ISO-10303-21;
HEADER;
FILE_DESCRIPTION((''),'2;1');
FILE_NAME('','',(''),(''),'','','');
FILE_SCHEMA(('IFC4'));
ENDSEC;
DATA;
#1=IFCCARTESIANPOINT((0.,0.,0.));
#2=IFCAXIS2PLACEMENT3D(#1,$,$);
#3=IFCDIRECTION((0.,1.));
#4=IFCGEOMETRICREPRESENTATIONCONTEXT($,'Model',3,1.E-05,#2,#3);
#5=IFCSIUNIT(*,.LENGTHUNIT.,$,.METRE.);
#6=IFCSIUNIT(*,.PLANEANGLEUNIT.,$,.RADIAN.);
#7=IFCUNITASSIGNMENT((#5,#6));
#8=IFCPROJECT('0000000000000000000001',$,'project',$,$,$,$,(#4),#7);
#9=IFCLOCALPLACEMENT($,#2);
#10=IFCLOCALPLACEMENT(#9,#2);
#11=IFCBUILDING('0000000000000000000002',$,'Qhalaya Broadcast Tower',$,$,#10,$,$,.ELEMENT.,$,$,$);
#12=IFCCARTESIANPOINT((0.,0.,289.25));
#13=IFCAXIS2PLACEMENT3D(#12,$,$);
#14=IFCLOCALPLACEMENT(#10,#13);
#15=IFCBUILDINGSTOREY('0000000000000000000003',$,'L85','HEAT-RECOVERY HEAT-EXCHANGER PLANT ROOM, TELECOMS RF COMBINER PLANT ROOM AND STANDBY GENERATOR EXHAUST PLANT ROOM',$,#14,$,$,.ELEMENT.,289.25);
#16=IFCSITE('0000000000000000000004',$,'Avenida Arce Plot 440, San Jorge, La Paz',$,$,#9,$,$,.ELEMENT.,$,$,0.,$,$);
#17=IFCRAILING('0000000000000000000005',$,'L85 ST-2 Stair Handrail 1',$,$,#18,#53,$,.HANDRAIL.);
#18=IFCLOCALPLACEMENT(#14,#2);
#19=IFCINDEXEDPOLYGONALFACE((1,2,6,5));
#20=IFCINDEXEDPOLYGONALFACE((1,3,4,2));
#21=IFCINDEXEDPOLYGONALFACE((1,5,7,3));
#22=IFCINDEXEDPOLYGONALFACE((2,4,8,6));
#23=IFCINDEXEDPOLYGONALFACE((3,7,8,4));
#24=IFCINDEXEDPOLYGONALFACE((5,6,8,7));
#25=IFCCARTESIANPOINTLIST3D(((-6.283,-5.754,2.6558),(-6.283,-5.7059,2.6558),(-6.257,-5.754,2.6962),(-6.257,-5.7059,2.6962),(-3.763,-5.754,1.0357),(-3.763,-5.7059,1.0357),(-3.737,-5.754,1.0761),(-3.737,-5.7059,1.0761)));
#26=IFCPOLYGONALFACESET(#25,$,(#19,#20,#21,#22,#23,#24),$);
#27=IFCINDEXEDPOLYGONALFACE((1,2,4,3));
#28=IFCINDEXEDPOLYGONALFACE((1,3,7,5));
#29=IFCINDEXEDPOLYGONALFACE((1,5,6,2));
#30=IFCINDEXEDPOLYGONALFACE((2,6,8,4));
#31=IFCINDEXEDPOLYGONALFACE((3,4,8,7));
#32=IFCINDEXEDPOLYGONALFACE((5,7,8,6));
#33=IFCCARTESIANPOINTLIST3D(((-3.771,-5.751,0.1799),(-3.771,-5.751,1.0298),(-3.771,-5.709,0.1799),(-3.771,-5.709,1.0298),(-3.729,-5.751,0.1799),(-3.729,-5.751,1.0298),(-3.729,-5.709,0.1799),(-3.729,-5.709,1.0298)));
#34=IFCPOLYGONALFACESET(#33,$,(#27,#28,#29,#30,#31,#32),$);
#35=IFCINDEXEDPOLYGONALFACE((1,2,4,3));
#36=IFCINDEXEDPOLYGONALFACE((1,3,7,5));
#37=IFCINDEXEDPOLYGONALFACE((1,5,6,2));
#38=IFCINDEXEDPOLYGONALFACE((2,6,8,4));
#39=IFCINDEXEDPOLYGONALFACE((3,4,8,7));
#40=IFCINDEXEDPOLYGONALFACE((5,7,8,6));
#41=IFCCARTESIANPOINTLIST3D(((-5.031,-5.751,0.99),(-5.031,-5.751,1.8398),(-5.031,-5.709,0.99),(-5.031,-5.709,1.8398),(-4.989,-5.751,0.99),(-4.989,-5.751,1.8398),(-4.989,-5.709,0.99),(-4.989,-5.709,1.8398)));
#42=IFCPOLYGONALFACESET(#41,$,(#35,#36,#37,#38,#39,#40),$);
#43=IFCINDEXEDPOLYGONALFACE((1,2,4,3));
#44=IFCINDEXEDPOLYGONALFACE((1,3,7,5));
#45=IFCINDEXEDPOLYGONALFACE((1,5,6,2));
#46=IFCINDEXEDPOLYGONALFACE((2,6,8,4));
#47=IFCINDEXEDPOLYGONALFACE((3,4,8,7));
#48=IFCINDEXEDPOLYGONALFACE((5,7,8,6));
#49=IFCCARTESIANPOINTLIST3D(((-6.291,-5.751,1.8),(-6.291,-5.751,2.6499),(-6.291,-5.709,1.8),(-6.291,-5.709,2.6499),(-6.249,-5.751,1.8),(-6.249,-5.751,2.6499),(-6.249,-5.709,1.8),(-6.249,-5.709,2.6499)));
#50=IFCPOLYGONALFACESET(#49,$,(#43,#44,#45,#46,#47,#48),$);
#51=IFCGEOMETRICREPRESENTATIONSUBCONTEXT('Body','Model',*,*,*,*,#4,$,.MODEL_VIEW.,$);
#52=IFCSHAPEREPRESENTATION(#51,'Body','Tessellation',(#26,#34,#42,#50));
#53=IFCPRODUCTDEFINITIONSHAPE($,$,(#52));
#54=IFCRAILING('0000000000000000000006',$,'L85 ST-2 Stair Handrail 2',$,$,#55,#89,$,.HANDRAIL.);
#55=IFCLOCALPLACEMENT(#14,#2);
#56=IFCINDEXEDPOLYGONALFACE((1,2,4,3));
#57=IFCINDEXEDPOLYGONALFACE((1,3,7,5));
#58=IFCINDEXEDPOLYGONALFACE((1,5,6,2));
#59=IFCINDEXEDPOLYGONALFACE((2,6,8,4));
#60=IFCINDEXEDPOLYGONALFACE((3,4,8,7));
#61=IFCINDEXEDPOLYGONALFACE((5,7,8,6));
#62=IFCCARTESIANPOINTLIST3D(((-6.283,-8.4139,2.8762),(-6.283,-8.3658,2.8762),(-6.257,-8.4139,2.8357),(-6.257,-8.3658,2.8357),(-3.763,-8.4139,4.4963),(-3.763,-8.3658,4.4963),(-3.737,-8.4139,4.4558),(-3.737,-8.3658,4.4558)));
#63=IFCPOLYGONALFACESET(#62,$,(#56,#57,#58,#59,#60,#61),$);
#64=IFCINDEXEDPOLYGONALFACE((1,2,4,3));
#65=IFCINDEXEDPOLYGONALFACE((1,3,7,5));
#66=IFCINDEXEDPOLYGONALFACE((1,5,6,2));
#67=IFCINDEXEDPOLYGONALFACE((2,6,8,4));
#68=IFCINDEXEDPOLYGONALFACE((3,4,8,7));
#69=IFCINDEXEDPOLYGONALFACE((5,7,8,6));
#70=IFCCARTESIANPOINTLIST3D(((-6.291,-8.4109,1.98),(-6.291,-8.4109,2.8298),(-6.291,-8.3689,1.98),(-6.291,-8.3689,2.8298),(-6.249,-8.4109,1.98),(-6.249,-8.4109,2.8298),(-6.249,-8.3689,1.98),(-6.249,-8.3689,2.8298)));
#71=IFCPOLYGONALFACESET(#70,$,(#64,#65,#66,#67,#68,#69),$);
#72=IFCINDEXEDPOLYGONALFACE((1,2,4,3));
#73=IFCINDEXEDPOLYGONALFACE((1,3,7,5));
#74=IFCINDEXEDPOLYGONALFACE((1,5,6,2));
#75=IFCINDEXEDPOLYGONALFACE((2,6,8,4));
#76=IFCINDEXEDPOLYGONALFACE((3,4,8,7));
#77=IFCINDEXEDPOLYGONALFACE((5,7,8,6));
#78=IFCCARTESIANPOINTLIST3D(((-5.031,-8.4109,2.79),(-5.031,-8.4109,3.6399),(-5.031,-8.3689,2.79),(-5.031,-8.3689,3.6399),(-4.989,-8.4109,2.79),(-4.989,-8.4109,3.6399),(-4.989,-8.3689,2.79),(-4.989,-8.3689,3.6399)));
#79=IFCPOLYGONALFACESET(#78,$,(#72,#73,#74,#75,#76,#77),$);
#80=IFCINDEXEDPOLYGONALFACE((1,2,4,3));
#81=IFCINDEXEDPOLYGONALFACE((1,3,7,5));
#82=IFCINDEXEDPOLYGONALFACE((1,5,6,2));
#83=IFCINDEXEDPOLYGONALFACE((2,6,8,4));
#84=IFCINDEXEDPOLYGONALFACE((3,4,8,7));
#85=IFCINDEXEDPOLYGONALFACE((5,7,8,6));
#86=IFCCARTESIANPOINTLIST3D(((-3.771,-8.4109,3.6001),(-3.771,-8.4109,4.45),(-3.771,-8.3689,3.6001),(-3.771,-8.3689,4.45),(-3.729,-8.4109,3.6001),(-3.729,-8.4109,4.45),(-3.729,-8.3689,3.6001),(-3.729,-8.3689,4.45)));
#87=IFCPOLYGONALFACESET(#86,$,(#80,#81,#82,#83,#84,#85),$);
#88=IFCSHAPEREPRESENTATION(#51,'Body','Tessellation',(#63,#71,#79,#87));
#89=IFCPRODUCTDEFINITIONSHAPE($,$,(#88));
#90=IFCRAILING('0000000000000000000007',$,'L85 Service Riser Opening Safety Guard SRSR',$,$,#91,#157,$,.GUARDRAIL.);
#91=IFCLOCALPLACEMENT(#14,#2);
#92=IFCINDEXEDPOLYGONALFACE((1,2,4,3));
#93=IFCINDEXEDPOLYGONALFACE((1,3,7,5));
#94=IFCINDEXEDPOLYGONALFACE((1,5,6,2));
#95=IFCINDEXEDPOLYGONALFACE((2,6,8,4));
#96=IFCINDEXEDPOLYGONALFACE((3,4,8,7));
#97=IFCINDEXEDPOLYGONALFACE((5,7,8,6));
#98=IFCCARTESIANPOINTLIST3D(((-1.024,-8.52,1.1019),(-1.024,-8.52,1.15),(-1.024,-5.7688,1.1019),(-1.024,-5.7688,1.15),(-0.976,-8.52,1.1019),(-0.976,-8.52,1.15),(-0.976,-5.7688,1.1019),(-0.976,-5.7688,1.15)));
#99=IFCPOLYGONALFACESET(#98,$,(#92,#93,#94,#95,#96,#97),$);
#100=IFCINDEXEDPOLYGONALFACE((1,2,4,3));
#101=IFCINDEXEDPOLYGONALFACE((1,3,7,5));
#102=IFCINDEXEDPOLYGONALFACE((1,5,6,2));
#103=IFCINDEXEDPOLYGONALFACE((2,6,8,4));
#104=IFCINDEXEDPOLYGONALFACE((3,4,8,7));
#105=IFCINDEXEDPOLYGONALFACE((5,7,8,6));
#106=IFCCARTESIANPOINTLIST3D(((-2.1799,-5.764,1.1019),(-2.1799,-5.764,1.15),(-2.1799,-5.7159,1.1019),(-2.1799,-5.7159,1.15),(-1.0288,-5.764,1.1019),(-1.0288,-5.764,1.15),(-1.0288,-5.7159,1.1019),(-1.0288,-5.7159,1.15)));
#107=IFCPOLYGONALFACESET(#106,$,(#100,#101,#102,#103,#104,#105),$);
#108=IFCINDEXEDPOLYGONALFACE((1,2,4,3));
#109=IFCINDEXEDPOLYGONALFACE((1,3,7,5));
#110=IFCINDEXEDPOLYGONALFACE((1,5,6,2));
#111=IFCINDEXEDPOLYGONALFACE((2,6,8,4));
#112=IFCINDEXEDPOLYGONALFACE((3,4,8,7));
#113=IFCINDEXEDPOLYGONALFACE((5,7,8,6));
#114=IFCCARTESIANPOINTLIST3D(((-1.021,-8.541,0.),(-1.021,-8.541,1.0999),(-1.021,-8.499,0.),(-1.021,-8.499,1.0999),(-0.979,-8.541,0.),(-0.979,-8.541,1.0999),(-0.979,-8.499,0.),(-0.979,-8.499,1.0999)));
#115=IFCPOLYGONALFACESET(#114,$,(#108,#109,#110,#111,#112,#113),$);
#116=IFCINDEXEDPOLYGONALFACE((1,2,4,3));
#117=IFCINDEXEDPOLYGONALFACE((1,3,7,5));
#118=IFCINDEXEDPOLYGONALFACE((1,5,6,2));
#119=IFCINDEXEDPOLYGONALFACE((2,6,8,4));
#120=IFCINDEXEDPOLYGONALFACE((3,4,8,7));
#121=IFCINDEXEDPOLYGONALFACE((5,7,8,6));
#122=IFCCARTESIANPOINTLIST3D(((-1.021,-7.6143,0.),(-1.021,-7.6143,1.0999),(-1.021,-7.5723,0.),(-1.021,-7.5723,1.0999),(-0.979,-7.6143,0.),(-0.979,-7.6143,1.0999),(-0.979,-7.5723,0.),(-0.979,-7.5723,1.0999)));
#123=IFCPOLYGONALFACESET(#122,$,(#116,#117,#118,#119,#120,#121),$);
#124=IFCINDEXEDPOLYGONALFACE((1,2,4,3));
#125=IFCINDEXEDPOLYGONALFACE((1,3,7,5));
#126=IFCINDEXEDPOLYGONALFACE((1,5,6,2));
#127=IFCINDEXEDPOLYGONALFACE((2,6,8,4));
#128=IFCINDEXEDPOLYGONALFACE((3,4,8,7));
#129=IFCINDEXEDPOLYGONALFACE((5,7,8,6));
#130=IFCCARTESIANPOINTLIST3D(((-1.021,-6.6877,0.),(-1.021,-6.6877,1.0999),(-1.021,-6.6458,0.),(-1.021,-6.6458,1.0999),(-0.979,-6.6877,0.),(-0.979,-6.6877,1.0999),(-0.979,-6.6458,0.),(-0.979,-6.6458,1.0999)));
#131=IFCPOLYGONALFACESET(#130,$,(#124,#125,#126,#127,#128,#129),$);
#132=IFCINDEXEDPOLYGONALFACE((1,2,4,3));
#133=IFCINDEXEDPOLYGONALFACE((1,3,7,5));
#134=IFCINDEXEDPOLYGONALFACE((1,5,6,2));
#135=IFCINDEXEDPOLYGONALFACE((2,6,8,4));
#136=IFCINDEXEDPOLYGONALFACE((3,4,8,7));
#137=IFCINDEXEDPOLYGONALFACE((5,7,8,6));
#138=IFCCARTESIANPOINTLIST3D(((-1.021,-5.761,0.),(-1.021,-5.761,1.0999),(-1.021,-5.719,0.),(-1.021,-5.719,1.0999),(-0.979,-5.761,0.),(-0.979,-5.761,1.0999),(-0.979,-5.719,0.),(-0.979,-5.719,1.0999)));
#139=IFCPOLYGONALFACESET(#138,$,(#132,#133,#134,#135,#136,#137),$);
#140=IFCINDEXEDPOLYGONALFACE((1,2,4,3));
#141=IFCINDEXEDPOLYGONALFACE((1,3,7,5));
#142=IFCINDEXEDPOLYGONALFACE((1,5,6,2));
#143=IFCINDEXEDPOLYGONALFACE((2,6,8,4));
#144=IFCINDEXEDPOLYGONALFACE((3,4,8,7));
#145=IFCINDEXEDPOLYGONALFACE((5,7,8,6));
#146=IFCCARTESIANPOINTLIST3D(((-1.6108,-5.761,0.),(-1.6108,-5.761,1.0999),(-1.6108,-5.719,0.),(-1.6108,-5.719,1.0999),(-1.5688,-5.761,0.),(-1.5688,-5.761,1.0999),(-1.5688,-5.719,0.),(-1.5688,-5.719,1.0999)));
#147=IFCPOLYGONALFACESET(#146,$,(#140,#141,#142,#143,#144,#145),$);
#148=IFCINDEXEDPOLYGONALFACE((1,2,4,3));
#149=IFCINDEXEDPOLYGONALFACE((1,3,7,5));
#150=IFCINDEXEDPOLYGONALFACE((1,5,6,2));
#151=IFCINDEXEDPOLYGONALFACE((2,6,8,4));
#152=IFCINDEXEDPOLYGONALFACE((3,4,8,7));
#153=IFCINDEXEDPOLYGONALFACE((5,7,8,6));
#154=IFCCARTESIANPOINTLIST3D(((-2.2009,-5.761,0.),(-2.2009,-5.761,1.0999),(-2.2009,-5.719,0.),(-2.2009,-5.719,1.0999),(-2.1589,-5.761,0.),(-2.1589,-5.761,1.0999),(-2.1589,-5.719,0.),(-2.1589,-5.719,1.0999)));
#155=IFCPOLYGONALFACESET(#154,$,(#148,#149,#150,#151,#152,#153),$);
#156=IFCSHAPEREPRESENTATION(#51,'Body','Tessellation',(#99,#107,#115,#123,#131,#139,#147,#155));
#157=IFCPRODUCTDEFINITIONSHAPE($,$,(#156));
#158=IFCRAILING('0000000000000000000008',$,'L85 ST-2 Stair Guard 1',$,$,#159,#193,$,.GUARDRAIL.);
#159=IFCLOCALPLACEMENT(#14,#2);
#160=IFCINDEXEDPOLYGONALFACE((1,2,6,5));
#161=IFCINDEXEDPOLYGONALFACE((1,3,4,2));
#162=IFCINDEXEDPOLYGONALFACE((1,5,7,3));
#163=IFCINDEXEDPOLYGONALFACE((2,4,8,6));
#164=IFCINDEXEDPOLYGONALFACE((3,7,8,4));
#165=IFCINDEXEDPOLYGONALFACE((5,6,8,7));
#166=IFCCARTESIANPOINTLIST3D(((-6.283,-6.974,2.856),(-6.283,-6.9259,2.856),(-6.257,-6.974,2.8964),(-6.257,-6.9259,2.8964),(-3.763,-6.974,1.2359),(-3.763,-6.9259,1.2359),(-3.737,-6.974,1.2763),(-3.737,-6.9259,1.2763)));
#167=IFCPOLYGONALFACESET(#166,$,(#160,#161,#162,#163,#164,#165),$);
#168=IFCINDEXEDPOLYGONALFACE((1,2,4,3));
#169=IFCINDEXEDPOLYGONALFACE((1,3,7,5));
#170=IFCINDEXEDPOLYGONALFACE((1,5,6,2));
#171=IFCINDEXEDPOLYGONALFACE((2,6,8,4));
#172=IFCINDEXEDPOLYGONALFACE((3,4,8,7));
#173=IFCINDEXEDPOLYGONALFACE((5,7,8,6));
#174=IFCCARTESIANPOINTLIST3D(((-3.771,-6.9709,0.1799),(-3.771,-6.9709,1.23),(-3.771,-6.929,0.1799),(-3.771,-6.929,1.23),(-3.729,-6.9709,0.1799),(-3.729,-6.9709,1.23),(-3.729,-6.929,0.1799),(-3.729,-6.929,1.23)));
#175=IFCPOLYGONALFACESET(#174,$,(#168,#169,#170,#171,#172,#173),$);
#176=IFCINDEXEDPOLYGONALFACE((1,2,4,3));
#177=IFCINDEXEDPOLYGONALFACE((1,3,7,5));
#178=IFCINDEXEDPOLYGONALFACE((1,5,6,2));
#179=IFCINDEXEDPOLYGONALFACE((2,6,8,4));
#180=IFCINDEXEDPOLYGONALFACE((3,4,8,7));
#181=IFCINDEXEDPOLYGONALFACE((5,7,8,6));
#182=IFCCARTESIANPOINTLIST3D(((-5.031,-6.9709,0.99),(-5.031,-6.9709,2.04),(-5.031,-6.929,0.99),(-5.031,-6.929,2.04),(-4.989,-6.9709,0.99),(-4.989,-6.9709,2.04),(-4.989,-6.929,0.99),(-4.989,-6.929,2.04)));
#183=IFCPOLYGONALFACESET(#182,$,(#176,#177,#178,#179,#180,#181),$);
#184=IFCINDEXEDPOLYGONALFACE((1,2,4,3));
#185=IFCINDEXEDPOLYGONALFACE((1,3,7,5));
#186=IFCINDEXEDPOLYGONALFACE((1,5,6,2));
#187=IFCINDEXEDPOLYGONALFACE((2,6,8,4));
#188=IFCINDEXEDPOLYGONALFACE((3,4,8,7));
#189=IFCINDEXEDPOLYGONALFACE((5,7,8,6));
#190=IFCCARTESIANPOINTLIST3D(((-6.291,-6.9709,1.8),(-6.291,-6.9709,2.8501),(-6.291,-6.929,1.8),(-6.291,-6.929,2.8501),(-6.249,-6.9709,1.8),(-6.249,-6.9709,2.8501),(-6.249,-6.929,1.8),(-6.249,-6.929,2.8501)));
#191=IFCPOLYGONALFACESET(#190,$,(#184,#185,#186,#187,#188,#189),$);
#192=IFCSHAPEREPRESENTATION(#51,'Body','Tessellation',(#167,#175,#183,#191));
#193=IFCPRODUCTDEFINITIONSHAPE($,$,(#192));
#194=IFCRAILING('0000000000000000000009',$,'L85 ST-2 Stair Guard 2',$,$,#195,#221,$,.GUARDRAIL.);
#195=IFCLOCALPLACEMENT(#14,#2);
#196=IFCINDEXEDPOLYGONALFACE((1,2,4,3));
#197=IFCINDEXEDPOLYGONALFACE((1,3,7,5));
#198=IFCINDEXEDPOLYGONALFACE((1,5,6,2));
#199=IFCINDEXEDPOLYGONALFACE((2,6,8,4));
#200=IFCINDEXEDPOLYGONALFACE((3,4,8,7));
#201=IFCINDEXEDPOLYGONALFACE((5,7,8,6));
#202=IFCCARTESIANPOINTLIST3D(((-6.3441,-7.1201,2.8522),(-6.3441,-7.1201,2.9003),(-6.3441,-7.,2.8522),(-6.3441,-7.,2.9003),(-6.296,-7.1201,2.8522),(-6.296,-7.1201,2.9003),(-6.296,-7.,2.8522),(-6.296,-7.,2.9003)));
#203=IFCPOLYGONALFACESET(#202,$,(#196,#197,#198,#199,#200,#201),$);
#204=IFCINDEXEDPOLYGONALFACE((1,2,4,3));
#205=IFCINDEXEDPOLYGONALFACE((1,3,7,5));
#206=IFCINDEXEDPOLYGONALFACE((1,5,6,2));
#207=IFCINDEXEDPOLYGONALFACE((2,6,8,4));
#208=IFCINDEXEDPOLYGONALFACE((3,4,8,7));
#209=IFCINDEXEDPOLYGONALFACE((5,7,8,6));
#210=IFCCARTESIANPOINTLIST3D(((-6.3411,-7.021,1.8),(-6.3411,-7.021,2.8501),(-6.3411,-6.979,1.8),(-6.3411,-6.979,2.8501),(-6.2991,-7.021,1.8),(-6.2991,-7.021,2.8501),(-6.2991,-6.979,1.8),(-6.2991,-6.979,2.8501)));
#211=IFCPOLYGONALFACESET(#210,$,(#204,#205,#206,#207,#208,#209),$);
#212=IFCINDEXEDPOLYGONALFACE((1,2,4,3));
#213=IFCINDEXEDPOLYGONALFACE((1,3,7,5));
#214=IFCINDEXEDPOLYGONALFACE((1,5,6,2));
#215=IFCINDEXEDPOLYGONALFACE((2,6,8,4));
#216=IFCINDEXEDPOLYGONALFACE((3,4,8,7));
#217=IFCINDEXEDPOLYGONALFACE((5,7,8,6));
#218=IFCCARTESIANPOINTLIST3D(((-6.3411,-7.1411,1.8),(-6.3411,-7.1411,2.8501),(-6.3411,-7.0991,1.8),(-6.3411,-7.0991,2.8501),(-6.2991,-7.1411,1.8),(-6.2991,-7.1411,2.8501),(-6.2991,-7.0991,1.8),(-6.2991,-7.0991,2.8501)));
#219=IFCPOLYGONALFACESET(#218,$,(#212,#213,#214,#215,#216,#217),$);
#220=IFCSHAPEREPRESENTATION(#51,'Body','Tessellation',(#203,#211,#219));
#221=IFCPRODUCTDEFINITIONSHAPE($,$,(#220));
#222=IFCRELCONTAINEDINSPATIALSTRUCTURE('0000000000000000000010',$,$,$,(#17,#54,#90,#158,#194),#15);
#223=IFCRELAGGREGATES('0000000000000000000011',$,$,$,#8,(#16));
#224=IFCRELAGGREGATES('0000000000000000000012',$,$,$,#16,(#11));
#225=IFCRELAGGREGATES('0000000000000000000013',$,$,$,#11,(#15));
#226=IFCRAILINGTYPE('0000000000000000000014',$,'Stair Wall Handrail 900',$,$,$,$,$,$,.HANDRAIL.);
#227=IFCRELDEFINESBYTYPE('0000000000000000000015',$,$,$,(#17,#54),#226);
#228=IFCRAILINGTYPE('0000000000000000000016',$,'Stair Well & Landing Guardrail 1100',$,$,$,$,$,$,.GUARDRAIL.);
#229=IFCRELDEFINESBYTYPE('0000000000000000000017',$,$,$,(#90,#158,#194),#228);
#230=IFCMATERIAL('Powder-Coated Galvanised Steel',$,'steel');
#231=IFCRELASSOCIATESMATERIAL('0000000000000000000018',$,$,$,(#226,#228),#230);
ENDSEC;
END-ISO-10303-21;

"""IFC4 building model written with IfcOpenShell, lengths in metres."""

from ifc_helpers import new_model, si_unit, direction, frame, origin, origin_2d, place, context, subcontext, project, spatial, rectangle, extrude, material, type_object, element, save


model = new_model("IFC4")

# Units and contexts
model_context = context("Model", 3, precision=1e-05, world=origin(), true_north=direction((0.0, 1.0)))
body_context = subcontext(model_context, "Body", "Model", "MODEL_VIEW")
ifc_project = project(units=[si_unit("LENGTHUNIT", "METRE"), si_unit("PLANEANGLEUNIT", "RADIAN")], contexts=[model_context])

# Site, building, storey
site_placement = place(None, origin())
site = spatial("IfcSite", under=ifc_project, at=site_placement, Name="Avenida Arce Plot 440, San Jorge, La Paz", CompositionType="ELEMENT", RefElevation=0.0)
building_placement = place(site_placement, origin())
building = spatial("IfcBuilding", under=site, at=building_placement, Name="Qhalaya Broadcast Tower", CompositionType="ELEMENT")
storey_placement = place(building_placement, frame((0.0, 0.0, 289.25)))
storey = spatial("IfcBuildingStorey", under=building, at=storey_placement, Name="L85", Description="HEAT-RECOVERY HEAT-EXCHANGER PLANT ROOM, TELECOMS RF COMBINER PLANT ROOM AND STANDBY GENERATOR EXHAUST PLANT ROOM", CompositionType="ELEMENT", Elevation=289.25)

# Railings
ifc_material_1 = material(Name="Powder-Coated Galvanised Steel", Category="steel")
railing_type_1 = type_object("IfcRailingType", Name="Stair Wall Handrail 900", PredefinedType="HANDRAIL", material=ifc_material_1)
railing_1_placement = place(storey_placement, frame((-3.75, -5.73, 0.1799)))
element("IfcRailing", 1, at=railing_1_placement, inside=storey, type_object=railing_type_1, Name="L85 ST-2 Stair Handrail 1", PredefinedType="HANDRAIL", context=body_context, shape_type="SweptSolid", body=[
    extrude(rectangle(XDim=0.0481, YDim=0.0481, at=origin_2d()), frame((0.0, 0.0, 0.876), z_axis=(-0.841163, 0.0, 0.540782), x_axis=(0.0, -1.0, 0.0)), (0.0, 0.0, 1.0), 2.9958),
    extrude(rectangle(XDim=0.042, YDim=0.042, at=origin_2d()), origin(), (0.0, 0.0, 1.0), 0.8499),
    extrude(rectangle(XDim=0.042, YDim=0.042, at=origin_2d()), frame((-1.26, 0.0, 0.8101)), (0.0, 0.0, 1.0), 0.8499),
    extrude(rectangle(XDim=0.042, YDim=0.042, at=origin_2d()), frame((-2.52, 0.0, 1.6201)), (0.0, 0.0, 1.0), 0.8499),
])
railing_2_placement = place(storey_placement, frame((-6.27, -8.3899, 1.98)))
element("IfcRailing", 2, at=railing_2_placement, inside=storey, type_object=railing_type_1, Name="L85 ST-2 Stair Handrail 2", PredefinedType="HANDRAIL", context=body_context, shape_type="SweptSolid", body=[
    extrude(rectangle(XDim=0.0481, YDim=0.0481, at=origin_2d()), frame((0.0, 0.0, 0.876), z_axis=(0.841163, 0.0, 0.540782), x_axis=(0.0, 1.0, 0.0)), (0.0, 0.0, 1.0), 2.9958),
    extrude(rectangle(XDim=0.042, YDim=0.042, at=origin_2d()), origin(), (0.0, 0.0, 1.0), 0.8499),
    extrude(rectangle(XDim=0.042, YDim=0.042, at=origin_2d()), frame((1.26, 0.0, 0.8101)), (0.0, 0.0, 1.0), 0.8499),
    extrude(rectangle(XDim=0.042, YDim=0.042, at=origin_2d()), frame((2.52, 0.0, 1.6201)), (0.0, 0.0, 1.0), 0.8499),
])
railing_type_2 = type_object("IfcRailingType", Name="Stair Well & Landing Guardrail 1100", PredefinedType="GUARDRAIL", material=ifc_material_1)
railing_3_placement = place(storey_placement, frame((-1.0, -8.52, 0.0)))
element("IfcRailing", 3, at=railing_3_placement, inside=storey, type_object=railing_type_2, Name="L85 Service Riser Opening Safety Guard SRSR", PredefinedType="GUARDRAIL", context=body_context, shape_type="SweptSolid", body=[
    extrude(rectangle(XDim=0.0481, YDim=0.0481, at=origin_2d()), frame((0.0, 0.0, 1.126), z_axis=(0.0, 1.0, 0.0), x_axis=(-1.0, 0.0, 0.0)), (0.0, 0.0, 1.0), 2.7512),
    extrude(rectangle(XDim=0.0481, YDim=0.0481, at=origin_2d()), frame((-0.0288, 2.78, 1.126), z_axis=(-1.0, 0.0, 0.0), x_axis=(0.0, -1.0, 0.0)), (0.0, 0.0, 1.0), 1.1511),
    extrude(rectangle(XDim=0.042, YDim=0.042, at=origin_2d()), origin(), (0.0, 0.0, 1.0), 1.0999),
    extrude(rectangle(XDim=0.042, YDim=0.042, at=origin_2d()), frame((0.0, 0.9268, 0.0)), (0.0, 0.0, 1.0), 1.0999),
    extrude(rectangle(XDim=0.042, YDim=0.042, at=origin_2d()), frame((0.0, 1.8533, 0.0)), (0.0, 0.0, 1.0), 1.0999),
    extrude(rectangle(XDim=0.042, YDim=0.042, at=origin_2d()), frame((0.0, 2.78, 0.0)), (0.0, 0.0, 1.0), 1.0999),
    extrude(rectangle(XDim=0.042, YDim=0.042, at=origin_2d()), frame((-0.5898, 2.78, 0.0)), (0.0, 0.0, 1.0), 1.0999),
    extrude(rectangle(XDim=0.042, YDim=0.042, at=origin_2d()), frame((-1.1799, 2.78, 0.0)), (0.0, 0.0, 1.0), 1.0999),
])
railing_4_placement = place(storey_placement, frame((-3.75, -6.95, 0.1799)))
element("IfcRailing", 4, at=railing_4_placement, inside=storey, type_object=railing_type_2, Name="L85 ST-2 Stair Guard 1", PredefinedType="GUARDRAIL", context=body_context, shape_type="SweptSolid", body=[
    extrude(rectangle(XDim=0.0481, YDim=0.0481, at=origin_2d()), frame((0.0, 0.0, 1.0762), z_axis=(-0.841163, 0.0, 0.540782), x_axis=(0.0, -1.0, 0.0)), (0.0, 0.0, 1.0), 2.9958),
    extrude(rectangle(XDim=0.042, YDim=0.042, at=origin_2d()), origin(), (0.0, 0.0, 1.0), 1.05),
    extrude(rectangle(XDim=0.042, YDim=0.042, at=origin_2d()), frame((-1.26, 0.0, 0.8101)), (0.0, 0.0, 1.0), 1.05),
    extrude(rectangle(XDim=0.042, YDim=0.042, at=origin_2d()), frame((-2.52, 0.0, 1.6201)), (0.0, 0.0, 1.0), 1.05),
])
railing_5_placement = place(storey_placement, frame((-6.3201, -7.0, 1.8)))
element("IfcRailing", 5, at=railing_5_placement, inside=storey, type_object=railing_type_2, Name="L85 ST-2 Stair Guard 2", PredefinedType="GUARDRAIL", context=body_context, shape_type="SweptSolid", body=[
    extrude(rectangle(XDim=0.0481, YDim=0.0481, at=origin_2d()), frame((0.0, 0.0, 1.0762), z_axis=(0.0, -1.0, 0.0), x_axis=(1.0, 0.0, 0.0)), (0.0, 0.0, 1.0), 0.1201),
    extrude(rectangle(XDim=0.042, YDim=0.042, at=origin_2d()), origin(), (0.0, 0.0, 1.0), 1.05),
    extrude(rectangle(XDim=0.042, YDim=0.042, at=origin_2d()), frame((0.0, -0.1201, 0.0)), (0.0, 0.0, 1.0), 1.05),
])

save(model, "model.ifc")
